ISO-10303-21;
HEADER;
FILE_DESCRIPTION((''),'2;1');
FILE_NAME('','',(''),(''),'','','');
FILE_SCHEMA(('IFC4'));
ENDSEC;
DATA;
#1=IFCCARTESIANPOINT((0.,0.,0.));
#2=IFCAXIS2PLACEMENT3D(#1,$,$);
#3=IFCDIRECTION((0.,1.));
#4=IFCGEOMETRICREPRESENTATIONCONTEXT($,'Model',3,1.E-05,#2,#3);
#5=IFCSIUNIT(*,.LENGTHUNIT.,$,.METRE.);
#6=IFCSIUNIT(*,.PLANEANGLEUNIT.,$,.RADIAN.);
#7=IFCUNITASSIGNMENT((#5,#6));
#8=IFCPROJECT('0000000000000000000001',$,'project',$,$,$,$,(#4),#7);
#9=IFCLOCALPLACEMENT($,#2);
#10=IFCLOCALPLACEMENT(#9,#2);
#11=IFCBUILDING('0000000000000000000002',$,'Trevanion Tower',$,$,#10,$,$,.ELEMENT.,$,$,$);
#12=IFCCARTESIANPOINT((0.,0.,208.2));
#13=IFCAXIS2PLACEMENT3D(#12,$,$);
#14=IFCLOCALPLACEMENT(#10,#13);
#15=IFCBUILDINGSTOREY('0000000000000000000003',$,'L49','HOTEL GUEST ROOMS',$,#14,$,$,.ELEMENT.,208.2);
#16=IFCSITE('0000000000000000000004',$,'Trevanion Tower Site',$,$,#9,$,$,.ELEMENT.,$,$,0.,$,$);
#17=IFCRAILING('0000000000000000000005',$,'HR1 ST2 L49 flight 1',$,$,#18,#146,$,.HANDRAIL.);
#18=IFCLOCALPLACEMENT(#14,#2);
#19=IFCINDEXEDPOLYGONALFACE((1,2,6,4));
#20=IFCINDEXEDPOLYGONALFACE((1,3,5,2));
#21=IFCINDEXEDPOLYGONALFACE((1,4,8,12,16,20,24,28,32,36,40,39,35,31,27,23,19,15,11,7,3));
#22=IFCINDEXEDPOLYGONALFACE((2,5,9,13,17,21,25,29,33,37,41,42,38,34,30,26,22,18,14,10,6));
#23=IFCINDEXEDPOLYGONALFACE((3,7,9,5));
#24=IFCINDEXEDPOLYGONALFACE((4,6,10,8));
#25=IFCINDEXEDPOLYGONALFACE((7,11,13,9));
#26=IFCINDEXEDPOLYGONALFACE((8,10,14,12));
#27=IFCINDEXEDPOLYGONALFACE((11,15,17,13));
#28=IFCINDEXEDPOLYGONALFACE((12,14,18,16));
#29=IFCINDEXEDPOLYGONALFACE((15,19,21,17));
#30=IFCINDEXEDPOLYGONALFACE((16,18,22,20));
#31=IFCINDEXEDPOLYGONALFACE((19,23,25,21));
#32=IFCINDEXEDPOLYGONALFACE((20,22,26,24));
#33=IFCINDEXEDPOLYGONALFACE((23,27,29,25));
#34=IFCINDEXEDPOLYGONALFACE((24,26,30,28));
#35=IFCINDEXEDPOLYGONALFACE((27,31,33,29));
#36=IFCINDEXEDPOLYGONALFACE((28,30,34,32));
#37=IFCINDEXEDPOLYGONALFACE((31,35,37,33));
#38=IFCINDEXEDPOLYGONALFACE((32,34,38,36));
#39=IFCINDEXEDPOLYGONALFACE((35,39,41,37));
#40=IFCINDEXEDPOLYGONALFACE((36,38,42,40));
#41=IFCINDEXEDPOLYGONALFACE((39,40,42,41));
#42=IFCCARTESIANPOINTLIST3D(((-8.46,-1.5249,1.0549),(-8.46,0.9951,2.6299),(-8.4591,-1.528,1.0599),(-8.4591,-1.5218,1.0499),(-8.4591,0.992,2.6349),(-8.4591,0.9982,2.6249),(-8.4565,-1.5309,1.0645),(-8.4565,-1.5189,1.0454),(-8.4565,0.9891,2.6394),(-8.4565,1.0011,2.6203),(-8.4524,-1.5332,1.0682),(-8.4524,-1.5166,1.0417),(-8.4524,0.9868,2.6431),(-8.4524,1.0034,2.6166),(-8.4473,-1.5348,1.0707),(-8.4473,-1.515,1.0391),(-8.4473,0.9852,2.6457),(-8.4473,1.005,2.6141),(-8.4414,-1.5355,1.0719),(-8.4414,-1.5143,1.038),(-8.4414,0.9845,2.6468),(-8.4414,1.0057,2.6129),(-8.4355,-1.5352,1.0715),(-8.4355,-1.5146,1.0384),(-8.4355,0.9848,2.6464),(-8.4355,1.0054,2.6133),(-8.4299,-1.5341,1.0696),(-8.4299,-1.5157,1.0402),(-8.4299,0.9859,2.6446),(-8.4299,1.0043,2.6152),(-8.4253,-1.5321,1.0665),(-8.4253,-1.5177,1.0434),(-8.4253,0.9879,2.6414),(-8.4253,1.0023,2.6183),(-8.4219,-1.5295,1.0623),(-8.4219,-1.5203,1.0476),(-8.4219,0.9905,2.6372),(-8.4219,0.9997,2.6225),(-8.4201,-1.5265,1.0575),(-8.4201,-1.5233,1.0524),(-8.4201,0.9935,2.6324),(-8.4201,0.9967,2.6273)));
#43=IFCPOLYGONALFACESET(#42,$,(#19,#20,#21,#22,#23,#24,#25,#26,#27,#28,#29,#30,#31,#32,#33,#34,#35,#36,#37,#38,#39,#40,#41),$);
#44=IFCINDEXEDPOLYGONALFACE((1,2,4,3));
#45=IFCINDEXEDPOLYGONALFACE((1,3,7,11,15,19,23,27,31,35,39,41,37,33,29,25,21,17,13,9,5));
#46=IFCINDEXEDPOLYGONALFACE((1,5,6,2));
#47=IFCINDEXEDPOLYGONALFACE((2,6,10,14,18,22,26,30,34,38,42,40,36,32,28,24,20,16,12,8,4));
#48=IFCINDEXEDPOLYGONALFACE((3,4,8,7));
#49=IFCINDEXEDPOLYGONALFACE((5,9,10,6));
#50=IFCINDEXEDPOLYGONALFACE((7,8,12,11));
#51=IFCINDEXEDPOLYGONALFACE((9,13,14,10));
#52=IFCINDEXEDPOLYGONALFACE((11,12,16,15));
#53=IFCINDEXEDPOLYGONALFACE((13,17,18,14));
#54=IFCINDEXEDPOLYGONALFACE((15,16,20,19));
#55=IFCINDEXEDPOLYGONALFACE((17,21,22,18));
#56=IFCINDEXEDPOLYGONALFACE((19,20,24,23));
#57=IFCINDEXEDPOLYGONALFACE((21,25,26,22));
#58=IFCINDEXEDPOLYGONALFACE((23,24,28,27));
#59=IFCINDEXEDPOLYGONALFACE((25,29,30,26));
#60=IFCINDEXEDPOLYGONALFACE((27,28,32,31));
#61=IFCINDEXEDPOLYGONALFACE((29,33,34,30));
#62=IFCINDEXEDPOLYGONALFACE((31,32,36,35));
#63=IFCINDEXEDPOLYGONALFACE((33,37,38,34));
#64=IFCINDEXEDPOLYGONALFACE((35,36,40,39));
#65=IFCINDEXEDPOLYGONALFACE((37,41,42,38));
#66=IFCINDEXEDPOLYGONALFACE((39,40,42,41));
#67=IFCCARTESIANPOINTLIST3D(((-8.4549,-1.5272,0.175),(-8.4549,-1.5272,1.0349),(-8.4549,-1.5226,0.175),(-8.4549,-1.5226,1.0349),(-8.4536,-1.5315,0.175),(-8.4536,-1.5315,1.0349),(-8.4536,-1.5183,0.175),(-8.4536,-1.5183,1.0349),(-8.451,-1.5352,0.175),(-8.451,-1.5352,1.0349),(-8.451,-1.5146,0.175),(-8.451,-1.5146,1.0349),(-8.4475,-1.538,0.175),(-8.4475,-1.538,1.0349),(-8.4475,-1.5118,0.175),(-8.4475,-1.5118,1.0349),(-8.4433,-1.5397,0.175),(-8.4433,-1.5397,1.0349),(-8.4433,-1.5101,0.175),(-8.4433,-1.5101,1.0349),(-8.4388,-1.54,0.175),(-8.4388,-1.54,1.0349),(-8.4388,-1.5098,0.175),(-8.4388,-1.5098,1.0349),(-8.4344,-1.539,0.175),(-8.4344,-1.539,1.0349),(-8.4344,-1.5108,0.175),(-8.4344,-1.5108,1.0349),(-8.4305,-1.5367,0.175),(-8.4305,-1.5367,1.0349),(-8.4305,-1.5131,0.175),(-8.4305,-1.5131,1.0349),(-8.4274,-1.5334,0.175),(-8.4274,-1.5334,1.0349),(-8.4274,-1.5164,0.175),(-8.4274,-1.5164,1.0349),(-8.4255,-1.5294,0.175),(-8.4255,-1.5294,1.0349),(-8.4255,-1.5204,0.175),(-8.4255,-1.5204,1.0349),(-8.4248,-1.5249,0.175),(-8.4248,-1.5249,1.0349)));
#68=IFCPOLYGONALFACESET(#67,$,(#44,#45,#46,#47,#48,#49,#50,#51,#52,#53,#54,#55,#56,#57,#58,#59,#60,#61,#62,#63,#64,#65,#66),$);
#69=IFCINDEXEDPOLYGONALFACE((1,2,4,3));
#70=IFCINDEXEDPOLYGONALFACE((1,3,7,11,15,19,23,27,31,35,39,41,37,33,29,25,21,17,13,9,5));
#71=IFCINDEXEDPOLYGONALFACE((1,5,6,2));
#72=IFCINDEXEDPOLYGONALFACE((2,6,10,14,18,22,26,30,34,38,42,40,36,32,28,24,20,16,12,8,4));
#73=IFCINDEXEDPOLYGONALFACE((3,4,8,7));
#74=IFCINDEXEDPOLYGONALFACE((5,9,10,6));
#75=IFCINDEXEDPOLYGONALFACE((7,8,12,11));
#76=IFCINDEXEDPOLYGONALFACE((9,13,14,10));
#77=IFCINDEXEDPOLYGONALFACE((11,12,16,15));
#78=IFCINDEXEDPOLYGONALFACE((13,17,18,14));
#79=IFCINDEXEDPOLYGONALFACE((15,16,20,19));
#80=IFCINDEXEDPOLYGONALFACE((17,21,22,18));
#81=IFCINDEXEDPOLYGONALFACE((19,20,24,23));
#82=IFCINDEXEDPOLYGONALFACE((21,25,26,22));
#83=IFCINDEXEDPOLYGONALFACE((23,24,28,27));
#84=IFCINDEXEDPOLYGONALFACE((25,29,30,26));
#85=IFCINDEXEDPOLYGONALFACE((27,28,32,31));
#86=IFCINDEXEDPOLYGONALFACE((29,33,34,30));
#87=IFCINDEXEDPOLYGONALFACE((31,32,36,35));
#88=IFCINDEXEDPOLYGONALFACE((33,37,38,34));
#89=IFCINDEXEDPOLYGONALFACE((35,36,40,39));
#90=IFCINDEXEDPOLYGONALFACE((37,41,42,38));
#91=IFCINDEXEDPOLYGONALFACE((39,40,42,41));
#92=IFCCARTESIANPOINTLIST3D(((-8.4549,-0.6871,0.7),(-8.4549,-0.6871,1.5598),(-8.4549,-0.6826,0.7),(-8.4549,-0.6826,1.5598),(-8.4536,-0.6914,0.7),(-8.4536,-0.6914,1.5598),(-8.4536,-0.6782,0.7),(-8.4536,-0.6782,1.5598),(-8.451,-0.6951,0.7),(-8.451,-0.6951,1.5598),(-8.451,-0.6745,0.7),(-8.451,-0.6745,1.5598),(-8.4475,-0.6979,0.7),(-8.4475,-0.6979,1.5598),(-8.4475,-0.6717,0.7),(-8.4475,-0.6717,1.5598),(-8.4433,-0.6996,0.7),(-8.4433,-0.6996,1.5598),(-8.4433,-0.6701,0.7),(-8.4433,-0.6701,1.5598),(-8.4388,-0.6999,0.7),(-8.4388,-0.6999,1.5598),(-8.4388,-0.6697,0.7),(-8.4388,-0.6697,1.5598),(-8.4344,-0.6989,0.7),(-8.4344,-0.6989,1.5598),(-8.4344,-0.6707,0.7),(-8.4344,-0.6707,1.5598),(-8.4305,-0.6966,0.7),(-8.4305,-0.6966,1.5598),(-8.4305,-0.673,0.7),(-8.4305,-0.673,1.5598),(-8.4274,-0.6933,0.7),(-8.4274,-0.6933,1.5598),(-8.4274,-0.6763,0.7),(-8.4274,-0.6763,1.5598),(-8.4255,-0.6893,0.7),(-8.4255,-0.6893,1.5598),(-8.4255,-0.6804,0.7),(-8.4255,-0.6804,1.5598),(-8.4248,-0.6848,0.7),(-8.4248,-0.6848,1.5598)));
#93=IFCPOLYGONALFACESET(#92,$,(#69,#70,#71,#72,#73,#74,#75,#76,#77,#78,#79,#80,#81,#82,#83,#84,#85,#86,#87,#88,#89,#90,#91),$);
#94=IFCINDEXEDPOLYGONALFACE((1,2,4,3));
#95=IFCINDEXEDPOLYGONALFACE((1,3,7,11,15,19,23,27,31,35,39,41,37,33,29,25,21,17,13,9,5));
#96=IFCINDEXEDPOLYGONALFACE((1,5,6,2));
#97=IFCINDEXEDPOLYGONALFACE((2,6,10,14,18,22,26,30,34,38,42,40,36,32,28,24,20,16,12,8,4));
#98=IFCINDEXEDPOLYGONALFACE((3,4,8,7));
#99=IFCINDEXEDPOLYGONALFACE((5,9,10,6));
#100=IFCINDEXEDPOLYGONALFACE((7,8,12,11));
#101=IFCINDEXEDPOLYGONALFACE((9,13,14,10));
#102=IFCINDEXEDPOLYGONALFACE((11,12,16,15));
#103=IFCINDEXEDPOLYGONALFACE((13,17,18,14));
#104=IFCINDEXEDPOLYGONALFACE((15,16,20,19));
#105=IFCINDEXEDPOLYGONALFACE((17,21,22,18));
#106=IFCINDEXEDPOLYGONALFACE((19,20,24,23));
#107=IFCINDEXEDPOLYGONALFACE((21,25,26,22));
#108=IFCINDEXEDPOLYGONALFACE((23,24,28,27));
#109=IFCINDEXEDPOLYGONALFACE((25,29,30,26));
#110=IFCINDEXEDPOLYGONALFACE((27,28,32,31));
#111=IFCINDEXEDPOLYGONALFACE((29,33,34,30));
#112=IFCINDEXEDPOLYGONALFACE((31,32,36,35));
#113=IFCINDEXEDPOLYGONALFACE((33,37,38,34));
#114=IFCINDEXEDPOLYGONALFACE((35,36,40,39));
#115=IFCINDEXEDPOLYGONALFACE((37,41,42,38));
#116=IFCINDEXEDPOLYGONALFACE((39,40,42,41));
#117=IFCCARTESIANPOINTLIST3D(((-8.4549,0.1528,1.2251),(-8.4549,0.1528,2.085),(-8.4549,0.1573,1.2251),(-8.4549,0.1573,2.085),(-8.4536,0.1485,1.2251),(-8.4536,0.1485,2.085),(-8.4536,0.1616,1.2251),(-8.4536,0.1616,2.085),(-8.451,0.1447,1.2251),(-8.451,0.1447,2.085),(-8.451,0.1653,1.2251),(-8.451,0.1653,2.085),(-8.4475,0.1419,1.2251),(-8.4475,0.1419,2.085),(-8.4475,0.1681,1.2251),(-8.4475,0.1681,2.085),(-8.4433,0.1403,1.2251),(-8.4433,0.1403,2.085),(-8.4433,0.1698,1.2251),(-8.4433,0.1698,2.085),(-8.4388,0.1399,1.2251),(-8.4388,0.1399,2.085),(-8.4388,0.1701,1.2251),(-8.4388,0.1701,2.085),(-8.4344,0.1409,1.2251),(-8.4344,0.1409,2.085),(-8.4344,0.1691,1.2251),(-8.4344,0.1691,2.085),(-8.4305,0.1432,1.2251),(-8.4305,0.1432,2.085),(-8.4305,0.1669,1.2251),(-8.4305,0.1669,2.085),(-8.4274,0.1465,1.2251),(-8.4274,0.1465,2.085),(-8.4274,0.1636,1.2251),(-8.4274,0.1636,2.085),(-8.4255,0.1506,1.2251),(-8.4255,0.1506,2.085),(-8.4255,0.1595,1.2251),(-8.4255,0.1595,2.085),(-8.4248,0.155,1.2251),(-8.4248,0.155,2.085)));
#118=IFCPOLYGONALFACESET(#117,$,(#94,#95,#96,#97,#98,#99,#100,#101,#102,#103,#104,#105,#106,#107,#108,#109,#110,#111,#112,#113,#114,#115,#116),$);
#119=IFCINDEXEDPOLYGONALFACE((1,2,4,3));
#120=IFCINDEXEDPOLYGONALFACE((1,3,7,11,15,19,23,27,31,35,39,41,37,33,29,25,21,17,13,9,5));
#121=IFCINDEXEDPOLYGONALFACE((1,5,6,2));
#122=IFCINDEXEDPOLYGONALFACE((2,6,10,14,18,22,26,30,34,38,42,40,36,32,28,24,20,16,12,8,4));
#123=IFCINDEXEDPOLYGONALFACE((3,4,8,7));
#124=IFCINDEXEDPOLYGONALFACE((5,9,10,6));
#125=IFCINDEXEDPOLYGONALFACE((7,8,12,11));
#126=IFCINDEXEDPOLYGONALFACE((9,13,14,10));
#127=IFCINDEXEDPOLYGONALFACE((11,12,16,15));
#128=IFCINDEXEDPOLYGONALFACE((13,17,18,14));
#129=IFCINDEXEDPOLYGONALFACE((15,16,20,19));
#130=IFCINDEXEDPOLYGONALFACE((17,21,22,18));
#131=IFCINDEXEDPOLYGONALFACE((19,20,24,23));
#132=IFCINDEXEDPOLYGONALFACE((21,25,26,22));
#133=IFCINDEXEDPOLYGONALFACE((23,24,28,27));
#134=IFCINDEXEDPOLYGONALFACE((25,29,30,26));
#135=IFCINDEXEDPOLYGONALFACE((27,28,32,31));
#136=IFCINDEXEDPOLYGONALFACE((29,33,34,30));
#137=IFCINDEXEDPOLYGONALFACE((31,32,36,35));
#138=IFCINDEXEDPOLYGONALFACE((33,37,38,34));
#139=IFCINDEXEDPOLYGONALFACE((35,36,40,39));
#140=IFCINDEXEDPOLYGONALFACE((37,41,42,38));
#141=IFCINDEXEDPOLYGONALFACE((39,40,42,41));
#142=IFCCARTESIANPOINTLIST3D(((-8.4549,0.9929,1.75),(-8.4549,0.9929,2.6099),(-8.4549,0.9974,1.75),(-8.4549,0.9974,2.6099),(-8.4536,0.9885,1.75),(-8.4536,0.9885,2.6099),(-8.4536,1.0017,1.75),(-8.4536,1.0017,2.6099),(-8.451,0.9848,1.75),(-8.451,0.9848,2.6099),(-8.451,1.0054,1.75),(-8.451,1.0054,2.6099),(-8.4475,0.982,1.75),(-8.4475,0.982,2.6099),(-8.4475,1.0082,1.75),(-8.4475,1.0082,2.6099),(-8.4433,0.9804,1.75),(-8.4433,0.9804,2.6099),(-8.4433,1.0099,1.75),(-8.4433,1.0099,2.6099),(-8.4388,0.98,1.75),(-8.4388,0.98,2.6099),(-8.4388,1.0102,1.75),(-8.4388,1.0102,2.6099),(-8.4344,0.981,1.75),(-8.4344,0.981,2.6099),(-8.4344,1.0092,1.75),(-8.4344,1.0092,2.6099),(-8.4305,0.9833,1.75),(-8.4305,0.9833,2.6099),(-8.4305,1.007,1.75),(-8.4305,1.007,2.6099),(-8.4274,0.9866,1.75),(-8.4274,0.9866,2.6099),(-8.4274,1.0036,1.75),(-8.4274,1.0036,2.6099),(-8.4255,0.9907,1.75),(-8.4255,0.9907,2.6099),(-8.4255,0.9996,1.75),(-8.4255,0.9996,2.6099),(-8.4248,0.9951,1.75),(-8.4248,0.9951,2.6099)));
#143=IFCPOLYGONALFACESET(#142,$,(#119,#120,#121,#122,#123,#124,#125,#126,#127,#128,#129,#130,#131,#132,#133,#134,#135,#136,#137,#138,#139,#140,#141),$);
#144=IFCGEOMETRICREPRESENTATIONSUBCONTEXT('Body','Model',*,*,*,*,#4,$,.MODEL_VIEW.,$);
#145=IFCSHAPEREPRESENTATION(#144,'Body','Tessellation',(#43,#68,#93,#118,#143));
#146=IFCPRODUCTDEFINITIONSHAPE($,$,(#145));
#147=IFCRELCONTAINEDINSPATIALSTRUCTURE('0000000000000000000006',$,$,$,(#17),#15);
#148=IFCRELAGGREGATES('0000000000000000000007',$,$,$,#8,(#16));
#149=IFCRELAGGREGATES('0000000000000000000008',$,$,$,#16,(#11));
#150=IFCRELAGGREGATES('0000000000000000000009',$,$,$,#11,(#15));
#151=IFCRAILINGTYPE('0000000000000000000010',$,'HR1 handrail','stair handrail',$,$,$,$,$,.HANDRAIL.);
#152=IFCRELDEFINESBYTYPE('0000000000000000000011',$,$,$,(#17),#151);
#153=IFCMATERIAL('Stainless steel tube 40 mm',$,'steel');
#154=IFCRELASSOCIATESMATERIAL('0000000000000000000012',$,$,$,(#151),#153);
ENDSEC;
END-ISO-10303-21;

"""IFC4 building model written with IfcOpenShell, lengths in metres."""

from ifc_helpers import new_model, si_unit, direction, frame, origin, origin_2d, place, context, subcontext, project, spatial, circle, extrude, material, type_object, element, save


model = new_model("IFC4")

# Units and contexts
model_context = context("Model", 3, precision=1e-05, world=origin(), true_north=direction((0.0, 1.0)))
body_context = subcontext(model_context, "Body", "Model", "MODEL_VIEW")
ifc_project = project(units=[si_unit("LENGTHUNIT", "METRE"), si_unit("PLANEANGLEUNIT", "RADIAN")], contexts=[model_context])

# Site, building, storey
site_placement = place(None, origin())
site = spatial("IfcSite", under=ifc_project, at=site_placement, Name="Trevanion Tower Site", CompositionType="ELEMENT", RefElevation=0.0)
building_placement = place(site_placement, origin())
building = spatial("IfcBuilding", under=site, at=building_placement, Name="Trevanion Tower", CompositionType="ELEMENT")
storey_placement = place(building_placement, frame((0.0, 0.0, 208.2)))
storey = spatial("IfcBuildingStorey", under=building, at=storey_placement, Name="L49", Description="HOTEL GUEST ROOMS", CompositionType="ELEMENT", Elevation=208.2)

# Railing
ifc_material_1 = material(Name="Stainless steel tube 40 mm", Category="steel")
railing_type = type_object("IfcRailingType", Name="HR1 handrail", Description="stair handrail", PredefinedType="HANDRAIL", material=ifc_material_1)
for number, where, name in (
    (1, (-8.4399, -1.5249, 0.175), "HR1 ST2 L49 flight 1"),
):
    element("IfcRailing", number, at=place(storey_placement, frame(where)), inside=storey, type_object=railing_type, Name=name, PredefinedType="HANDRAIL", context=body_context, shape_type="SweptSolid", body=[
        extrude(circle(Radius=0.02, at=origin_2d()), frame((0.0, 0.0, 0.8799), z_axis=(0.0, 0.848008, 0.529984), x_axis=(-1.0, 0.0, 0.0)), (0.0, 0.0, 1.0), 2.9717),
        extrude(circle(Radius=0.0151, at=origin_2d()), origin(), (0.0, 0.0, 1.0), 0.8599),
        extrude(circle(Radius=0.0151, at=origin_2d()), frame((0.0, 0.8401, 0.5249)), (0.0, 0.0, 1.0), 0.8599),
        extrude(circle(Radius=0.0151, at=origin_2d()), frame((0.0, 1.6799, 1.05)), (0.0, 0.0, 1.0), 0.8599),
        extrude(circle(Radius=0.0151, at=origin_2d()), frame((0.0, 2.52, 1.575)), (0.0, 0.0, 1.0), 0.8599),
    ])

save(model, "model.ifc")
